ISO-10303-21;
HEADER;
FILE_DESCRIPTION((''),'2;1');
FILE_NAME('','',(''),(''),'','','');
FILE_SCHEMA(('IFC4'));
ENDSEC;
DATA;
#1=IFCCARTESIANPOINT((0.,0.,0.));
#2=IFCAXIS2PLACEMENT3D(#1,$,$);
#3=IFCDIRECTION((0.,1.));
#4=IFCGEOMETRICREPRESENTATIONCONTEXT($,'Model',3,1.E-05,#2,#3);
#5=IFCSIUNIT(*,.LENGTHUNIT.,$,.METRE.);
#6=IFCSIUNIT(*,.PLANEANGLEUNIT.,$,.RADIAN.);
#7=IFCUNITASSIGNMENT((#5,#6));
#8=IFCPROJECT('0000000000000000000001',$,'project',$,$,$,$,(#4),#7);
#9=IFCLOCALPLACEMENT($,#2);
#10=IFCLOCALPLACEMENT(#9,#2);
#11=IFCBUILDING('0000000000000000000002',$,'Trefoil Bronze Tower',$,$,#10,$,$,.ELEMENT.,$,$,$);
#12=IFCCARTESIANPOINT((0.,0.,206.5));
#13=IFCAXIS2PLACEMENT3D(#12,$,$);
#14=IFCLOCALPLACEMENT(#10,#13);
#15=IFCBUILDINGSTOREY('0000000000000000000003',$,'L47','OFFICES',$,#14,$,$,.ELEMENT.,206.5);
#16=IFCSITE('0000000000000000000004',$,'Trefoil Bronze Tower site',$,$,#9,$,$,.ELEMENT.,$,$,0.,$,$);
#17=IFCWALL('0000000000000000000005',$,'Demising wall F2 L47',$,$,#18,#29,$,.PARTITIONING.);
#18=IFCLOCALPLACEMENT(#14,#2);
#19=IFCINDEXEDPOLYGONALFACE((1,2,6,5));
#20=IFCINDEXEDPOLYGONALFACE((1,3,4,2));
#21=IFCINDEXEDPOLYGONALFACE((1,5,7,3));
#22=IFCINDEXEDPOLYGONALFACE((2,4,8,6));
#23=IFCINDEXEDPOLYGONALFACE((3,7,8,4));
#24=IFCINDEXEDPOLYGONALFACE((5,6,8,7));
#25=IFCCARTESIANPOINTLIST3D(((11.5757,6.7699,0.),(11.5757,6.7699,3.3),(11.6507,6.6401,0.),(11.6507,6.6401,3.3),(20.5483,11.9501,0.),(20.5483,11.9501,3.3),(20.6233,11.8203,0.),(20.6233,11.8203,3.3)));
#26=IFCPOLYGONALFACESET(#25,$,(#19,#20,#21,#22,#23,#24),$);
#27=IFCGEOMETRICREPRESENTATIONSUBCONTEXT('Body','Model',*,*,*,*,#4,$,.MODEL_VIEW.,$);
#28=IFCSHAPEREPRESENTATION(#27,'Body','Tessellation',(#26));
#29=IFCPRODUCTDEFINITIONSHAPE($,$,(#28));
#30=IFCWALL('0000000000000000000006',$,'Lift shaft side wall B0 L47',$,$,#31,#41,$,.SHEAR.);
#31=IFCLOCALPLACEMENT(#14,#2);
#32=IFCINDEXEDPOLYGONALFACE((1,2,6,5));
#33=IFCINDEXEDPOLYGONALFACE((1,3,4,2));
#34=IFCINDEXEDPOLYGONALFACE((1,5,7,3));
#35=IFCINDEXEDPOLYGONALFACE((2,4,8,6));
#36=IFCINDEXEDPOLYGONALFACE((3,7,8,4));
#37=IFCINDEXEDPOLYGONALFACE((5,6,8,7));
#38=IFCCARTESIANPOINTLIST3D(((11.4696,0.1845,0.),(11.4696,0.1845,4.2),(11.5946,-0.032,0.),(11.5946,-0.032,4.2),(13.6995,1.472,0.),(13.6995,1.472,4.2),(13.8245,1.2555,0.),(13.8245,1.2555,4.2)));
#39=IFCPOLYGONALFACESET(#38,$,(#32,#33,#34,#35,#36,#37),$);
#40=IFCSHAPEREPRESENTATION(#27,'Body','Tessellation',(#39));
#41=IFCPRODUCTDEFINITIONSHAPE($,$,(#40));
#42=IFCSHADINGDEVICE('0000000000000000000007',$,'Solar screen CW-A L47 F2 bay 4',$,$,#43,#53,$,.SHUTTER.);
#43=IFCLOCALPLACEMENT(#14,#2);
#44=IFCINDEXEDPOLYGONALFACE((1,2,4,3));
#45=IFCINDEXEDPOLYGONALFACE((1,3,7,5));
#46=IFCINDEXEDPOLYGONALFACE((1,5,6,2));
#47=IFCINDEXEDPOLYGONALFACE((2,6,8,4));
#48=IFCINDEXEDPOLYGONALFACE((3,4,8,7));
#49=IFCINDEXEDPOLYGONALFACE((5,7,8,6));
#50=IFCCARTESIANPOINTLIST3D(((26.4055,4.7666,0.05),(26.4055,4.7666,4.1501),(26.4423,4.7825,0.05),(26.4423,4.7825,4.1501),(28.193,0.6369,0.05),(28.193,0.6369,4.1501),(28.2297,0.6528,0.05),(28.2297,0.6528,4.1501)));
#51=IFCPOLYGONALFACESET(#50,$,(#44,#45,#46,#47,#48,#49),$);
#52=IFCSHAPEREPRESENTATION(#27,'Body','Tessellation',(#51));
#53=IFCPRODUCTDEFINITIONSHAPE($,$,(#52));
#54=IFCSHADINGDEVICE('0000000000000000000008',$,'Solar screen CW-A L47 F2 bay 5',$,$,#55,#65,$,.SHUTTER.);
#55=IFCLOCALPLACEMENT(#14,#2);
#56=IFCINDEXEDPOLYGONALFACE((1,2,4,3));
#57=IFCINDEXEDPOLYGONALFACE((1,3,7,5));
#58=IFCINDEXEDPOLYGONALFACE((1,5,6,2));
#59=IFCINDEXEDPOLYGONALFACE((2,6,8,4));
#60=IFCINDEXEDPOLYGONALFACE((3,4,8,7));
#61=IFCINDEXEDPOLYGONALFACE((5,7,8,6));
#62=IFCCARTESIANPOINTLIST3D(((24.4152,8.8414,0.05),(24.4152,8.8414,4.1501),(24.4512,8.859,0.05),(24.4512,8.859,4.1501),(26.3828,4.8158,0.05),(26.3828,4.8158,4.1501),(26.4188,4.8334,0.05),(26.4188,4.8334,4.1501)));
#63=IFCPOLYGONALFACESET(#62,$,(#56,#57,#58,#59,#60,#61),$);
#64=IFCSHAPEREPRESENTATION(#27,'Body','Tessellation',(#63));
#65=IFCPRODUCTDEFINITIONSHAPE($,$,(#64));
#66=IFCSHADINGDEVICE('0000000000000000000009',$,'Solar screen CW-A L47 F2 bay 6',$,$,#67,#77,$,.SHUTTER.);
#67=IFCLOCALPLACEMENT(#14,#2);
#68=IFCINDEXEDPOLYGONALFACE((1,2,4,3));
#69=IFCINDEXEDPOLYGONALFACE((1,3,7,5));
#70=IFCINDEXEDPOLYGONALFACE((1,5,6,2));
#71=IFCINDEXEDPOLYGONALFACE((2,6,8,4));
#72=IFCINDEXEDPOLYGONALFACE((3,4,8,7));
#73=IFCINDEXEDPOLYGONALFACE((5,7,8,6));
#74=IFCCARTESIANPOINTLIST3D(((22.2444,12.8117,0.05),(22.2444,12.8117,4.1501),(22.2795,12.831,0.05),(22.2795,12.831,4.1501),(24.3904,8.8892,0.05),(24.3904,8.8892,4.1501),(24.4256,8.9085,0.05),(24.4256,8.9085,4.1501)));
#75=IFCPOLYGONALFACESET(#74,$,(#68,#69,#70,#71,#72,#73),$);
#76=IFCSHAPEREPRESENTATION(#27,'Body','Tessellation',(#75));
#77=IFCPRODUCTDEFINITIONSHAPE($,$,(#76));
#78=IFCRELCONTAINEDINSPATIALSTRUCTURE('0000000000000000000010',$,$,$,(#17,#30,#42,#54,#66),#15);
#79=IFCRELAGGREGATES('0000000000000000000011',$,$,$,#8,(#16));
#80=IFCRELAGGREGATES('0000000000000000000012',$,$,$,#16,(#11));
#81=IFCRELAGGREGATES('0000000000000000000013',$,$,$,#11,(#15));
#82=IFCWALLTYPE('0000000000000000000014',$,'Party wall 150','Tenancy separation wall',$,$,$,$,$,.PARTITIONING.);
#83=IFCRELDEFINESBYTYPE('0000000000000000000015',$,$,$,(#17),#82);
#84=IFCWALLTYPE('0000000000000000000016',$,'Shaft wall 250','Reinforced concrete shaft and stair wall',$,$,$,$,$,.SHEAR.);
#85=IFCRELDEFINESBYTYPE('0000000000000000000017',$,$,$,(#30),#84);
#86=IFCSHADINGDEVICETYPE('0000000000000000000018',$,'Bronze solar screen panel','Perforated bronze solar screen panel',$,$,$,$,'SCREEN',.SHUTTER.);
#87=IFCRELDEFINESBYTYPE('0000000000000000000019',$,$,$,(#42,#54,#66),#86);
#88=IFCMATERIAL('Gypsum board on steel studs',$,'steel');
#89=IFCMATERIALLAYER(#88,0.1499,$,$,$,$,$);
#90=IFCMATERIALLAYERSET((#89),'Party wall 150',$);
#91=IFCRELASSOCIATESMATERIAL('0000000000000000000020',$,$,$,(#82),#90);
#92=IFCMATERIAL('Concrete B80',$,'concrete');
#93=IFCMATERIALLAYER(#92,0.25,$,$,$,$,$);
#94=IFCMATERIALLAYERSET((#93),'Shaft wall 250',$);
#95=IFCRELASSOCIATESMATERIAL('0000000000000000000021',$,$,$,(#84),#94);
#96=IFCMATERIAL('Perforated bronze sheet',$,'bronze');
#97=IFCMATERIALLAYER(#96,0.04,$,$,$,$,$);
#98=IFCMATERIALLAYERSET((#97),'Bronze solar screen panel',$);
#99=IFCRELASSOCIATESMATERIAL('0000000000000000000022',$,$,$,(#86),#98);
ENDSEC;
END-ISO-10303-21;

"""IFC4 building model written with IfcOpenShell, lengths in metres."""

from ifc_helpers import new_model, si_unit, direction, frame, frame_2d, origin, origin_2d, place, context, subcontext, project, spatial, rectangle, extrude, material, layer, layer_set, type_object, element, save


model = new_model("IFC4")

# Units and contexts
model_context = context("Model", 3, precision=1e-05, world=origin(), true_north=direction((0.0, 1.0)))
body_context = subcontext(model_context, "Body", "Model", "MODEL_VIEW")
ifc_project = project(units=[si_unit("LENGTHUNIT", "METRE"), si_unit("PLANEANGLEUNIT", "RADIAN")], contexts=[model_context])

# Site, building, storey
site_placement = place(None, origin())
site = spatial("IfcSite", under=ifc_project, at=site_placement, Name="Trefoil Bronze Tower site", CompositionType="ELEMENT", RefElevation=0.0)
building_placement = place(site_placement, origin())
building = spatial("IfcBuilding", under=site, at=building_placement, Name="Trefoil Bronze Tower", CompositionType="ELEMENT")
storey_placement = place(building_placement, frame((0.0, 0.0, 206.5)))
storey = spatial("IfcBuildingStorey", under=building, at=storey_placement, Name="L47", Description="OFFICES", CompositionType="ELEMENT", Elevation=206.5)

# Walls
ifc_material_1 = material(Name="Gypsum board on steel studs", Category="steel")
ifc_layer_1 = layer(ifc_material_1, 0.1499)
ifc_layer_set_1 = layer_set([ifc_layer_1], Name="Party wall 150")
wall_type_1 = type_object("IfcWallType", Name="Party wall 150", Description="Tenancy separation wall", PredefinedType="PARTITIONING", material=ifc_layer_set_1)
wall_1_placement = place(storey_placement, frame((11.6133, 6.7051, 0.0), z_axis=(0.0, 0.0, 1.0), x_axis=(0.866033, 0.499986, 0.0)))
element("IfcWall", 1, at=wall_1_placement, inside=storey, type_object=wall_type_1, Name="Demising wall F2 L47", PredefinedType="PARTITIONING", context=body_context, shape_type="SweptSolid", body=[
    extrude(rectangle(XDim=10.3606, YDim=0.1499, at=frame_2d((5.1802, 0.0))), origin(), (0.0, 0.0, 1.0), 3.3),
])
ifc_material_2 = material(Name="Concrete B80", Category="concrete")
ifc_layer_2 = layer(ifc_material_2, 0.25)
ifc_layer_set_2 = layer_set([ifc_layer_2], Name="Shaft wall 250")
wall_type_2 = type_object("IfcWallType", Name="Shaft wall 250", Description="Reinforced concrete shaft and stair wall", PredefinedType="SHEAR", material=ifc_layer_set_2)
wall_2_placement = place(storey_placement, frame((11.532, 0.0762, 0.0), z_axis=(0.0, 0.0, 1.0), x_axis=(0.866006, 0.500034, 0.0)))
element("IfcWall", 2, at=wall_2_placement, inside=storey, type_object=wall_type_2, Name="Lift shaft side wall B0 L47", PredefinedType="SHEAR", context=body_context, shape_type="SweptSolid", body=[
    extrude(rectangle(XDim=2.575, YDim=0.25, at=frame_2d((1.2876, 0.0))), origin(), (0.0, 0.0, 1.0), 4.2),
])

# Shading devices
ifc_material_3 = material(Name="Perforated bronze sheet", Category="bronze")
ifc_layer_3 = layer(ifc_material_3, 0.04)
ifc_layer_set_3 = layer_set([ifc_layer_3], Name="Bronze solar screen panel")
shading_device_type = type_object("IfcShadingDeviceType", Name="Bronze solar screen panel", Description="Perforated bronze solar screen panel", ElementType="SCREEN", PredefinedType="SHUTTER", material=ifc_layer_set_3)
shading_device_1_placement = place(storey_placement, frame((27.3176, 2.7097, 0.05), z_axis=(0.0, 0.0, 1.0), x_axis=(-0.39722, 0.917723, 0.0)))
element("IfcShadingDevice", 3, at=shading_device_1_placement, inside=storey, type_object=shading_device_type, Name="Solar screen CW-A L47 F2 bay 4", PredefinedType="SHUTTER", context=body_context, shape_type="SweptSolid", body=[
    extrude(rectangle(XDim=4.5, YDim=0.04, at=origin_2d()), origin(), (0.0, 0.0, 1.0), 4.1001),
])
shading_device_2_placement = place(storey_placement, frame((25.417, 6.8374, 0.05), z_axis=(0.0, 0.0, 1.0), x_axis=(-0.439129, 0.898424, 0.0)))
element("IfcShadingDevice", 4, at=shading_device_2_placement, inside=storey, type_object=shading_device_type, Name="Solar screen CW-A L47 F2 bay 5", PredefinedType="SHUTTER", context=body_context, shape_type="SweptSolid", body=[
    extrude(rectangle(XDim=4.4807, YDim=0.04, at=origin_2d()), origin(), (0.0, 0.0, 1.0), 4.1001),
])
shading_device_3_placement = place(storey_placement, frame((23.335, 10.8601, 0.05), z_axis=(0.0, 0.0, 1.0), x_axis=(-0.479974, 0.877283, 0.0)))
element("IfcShadingDevice", 5, at=shading_device_3_placement, inside=storey, type_object=shading_device_type, Name="Solar screen CW-A L47 F2 bay 6", PredefinedType="SHUTTER", context=body_context, shape_type="SweptSolid", body=[
    extrude(rectangle(XDim=4.4712, YDim=0.04, at=origin_2d()), origin(), (0.0, 0.0, 1.0), 4.1001),
])

save(model, "model.ifc")
